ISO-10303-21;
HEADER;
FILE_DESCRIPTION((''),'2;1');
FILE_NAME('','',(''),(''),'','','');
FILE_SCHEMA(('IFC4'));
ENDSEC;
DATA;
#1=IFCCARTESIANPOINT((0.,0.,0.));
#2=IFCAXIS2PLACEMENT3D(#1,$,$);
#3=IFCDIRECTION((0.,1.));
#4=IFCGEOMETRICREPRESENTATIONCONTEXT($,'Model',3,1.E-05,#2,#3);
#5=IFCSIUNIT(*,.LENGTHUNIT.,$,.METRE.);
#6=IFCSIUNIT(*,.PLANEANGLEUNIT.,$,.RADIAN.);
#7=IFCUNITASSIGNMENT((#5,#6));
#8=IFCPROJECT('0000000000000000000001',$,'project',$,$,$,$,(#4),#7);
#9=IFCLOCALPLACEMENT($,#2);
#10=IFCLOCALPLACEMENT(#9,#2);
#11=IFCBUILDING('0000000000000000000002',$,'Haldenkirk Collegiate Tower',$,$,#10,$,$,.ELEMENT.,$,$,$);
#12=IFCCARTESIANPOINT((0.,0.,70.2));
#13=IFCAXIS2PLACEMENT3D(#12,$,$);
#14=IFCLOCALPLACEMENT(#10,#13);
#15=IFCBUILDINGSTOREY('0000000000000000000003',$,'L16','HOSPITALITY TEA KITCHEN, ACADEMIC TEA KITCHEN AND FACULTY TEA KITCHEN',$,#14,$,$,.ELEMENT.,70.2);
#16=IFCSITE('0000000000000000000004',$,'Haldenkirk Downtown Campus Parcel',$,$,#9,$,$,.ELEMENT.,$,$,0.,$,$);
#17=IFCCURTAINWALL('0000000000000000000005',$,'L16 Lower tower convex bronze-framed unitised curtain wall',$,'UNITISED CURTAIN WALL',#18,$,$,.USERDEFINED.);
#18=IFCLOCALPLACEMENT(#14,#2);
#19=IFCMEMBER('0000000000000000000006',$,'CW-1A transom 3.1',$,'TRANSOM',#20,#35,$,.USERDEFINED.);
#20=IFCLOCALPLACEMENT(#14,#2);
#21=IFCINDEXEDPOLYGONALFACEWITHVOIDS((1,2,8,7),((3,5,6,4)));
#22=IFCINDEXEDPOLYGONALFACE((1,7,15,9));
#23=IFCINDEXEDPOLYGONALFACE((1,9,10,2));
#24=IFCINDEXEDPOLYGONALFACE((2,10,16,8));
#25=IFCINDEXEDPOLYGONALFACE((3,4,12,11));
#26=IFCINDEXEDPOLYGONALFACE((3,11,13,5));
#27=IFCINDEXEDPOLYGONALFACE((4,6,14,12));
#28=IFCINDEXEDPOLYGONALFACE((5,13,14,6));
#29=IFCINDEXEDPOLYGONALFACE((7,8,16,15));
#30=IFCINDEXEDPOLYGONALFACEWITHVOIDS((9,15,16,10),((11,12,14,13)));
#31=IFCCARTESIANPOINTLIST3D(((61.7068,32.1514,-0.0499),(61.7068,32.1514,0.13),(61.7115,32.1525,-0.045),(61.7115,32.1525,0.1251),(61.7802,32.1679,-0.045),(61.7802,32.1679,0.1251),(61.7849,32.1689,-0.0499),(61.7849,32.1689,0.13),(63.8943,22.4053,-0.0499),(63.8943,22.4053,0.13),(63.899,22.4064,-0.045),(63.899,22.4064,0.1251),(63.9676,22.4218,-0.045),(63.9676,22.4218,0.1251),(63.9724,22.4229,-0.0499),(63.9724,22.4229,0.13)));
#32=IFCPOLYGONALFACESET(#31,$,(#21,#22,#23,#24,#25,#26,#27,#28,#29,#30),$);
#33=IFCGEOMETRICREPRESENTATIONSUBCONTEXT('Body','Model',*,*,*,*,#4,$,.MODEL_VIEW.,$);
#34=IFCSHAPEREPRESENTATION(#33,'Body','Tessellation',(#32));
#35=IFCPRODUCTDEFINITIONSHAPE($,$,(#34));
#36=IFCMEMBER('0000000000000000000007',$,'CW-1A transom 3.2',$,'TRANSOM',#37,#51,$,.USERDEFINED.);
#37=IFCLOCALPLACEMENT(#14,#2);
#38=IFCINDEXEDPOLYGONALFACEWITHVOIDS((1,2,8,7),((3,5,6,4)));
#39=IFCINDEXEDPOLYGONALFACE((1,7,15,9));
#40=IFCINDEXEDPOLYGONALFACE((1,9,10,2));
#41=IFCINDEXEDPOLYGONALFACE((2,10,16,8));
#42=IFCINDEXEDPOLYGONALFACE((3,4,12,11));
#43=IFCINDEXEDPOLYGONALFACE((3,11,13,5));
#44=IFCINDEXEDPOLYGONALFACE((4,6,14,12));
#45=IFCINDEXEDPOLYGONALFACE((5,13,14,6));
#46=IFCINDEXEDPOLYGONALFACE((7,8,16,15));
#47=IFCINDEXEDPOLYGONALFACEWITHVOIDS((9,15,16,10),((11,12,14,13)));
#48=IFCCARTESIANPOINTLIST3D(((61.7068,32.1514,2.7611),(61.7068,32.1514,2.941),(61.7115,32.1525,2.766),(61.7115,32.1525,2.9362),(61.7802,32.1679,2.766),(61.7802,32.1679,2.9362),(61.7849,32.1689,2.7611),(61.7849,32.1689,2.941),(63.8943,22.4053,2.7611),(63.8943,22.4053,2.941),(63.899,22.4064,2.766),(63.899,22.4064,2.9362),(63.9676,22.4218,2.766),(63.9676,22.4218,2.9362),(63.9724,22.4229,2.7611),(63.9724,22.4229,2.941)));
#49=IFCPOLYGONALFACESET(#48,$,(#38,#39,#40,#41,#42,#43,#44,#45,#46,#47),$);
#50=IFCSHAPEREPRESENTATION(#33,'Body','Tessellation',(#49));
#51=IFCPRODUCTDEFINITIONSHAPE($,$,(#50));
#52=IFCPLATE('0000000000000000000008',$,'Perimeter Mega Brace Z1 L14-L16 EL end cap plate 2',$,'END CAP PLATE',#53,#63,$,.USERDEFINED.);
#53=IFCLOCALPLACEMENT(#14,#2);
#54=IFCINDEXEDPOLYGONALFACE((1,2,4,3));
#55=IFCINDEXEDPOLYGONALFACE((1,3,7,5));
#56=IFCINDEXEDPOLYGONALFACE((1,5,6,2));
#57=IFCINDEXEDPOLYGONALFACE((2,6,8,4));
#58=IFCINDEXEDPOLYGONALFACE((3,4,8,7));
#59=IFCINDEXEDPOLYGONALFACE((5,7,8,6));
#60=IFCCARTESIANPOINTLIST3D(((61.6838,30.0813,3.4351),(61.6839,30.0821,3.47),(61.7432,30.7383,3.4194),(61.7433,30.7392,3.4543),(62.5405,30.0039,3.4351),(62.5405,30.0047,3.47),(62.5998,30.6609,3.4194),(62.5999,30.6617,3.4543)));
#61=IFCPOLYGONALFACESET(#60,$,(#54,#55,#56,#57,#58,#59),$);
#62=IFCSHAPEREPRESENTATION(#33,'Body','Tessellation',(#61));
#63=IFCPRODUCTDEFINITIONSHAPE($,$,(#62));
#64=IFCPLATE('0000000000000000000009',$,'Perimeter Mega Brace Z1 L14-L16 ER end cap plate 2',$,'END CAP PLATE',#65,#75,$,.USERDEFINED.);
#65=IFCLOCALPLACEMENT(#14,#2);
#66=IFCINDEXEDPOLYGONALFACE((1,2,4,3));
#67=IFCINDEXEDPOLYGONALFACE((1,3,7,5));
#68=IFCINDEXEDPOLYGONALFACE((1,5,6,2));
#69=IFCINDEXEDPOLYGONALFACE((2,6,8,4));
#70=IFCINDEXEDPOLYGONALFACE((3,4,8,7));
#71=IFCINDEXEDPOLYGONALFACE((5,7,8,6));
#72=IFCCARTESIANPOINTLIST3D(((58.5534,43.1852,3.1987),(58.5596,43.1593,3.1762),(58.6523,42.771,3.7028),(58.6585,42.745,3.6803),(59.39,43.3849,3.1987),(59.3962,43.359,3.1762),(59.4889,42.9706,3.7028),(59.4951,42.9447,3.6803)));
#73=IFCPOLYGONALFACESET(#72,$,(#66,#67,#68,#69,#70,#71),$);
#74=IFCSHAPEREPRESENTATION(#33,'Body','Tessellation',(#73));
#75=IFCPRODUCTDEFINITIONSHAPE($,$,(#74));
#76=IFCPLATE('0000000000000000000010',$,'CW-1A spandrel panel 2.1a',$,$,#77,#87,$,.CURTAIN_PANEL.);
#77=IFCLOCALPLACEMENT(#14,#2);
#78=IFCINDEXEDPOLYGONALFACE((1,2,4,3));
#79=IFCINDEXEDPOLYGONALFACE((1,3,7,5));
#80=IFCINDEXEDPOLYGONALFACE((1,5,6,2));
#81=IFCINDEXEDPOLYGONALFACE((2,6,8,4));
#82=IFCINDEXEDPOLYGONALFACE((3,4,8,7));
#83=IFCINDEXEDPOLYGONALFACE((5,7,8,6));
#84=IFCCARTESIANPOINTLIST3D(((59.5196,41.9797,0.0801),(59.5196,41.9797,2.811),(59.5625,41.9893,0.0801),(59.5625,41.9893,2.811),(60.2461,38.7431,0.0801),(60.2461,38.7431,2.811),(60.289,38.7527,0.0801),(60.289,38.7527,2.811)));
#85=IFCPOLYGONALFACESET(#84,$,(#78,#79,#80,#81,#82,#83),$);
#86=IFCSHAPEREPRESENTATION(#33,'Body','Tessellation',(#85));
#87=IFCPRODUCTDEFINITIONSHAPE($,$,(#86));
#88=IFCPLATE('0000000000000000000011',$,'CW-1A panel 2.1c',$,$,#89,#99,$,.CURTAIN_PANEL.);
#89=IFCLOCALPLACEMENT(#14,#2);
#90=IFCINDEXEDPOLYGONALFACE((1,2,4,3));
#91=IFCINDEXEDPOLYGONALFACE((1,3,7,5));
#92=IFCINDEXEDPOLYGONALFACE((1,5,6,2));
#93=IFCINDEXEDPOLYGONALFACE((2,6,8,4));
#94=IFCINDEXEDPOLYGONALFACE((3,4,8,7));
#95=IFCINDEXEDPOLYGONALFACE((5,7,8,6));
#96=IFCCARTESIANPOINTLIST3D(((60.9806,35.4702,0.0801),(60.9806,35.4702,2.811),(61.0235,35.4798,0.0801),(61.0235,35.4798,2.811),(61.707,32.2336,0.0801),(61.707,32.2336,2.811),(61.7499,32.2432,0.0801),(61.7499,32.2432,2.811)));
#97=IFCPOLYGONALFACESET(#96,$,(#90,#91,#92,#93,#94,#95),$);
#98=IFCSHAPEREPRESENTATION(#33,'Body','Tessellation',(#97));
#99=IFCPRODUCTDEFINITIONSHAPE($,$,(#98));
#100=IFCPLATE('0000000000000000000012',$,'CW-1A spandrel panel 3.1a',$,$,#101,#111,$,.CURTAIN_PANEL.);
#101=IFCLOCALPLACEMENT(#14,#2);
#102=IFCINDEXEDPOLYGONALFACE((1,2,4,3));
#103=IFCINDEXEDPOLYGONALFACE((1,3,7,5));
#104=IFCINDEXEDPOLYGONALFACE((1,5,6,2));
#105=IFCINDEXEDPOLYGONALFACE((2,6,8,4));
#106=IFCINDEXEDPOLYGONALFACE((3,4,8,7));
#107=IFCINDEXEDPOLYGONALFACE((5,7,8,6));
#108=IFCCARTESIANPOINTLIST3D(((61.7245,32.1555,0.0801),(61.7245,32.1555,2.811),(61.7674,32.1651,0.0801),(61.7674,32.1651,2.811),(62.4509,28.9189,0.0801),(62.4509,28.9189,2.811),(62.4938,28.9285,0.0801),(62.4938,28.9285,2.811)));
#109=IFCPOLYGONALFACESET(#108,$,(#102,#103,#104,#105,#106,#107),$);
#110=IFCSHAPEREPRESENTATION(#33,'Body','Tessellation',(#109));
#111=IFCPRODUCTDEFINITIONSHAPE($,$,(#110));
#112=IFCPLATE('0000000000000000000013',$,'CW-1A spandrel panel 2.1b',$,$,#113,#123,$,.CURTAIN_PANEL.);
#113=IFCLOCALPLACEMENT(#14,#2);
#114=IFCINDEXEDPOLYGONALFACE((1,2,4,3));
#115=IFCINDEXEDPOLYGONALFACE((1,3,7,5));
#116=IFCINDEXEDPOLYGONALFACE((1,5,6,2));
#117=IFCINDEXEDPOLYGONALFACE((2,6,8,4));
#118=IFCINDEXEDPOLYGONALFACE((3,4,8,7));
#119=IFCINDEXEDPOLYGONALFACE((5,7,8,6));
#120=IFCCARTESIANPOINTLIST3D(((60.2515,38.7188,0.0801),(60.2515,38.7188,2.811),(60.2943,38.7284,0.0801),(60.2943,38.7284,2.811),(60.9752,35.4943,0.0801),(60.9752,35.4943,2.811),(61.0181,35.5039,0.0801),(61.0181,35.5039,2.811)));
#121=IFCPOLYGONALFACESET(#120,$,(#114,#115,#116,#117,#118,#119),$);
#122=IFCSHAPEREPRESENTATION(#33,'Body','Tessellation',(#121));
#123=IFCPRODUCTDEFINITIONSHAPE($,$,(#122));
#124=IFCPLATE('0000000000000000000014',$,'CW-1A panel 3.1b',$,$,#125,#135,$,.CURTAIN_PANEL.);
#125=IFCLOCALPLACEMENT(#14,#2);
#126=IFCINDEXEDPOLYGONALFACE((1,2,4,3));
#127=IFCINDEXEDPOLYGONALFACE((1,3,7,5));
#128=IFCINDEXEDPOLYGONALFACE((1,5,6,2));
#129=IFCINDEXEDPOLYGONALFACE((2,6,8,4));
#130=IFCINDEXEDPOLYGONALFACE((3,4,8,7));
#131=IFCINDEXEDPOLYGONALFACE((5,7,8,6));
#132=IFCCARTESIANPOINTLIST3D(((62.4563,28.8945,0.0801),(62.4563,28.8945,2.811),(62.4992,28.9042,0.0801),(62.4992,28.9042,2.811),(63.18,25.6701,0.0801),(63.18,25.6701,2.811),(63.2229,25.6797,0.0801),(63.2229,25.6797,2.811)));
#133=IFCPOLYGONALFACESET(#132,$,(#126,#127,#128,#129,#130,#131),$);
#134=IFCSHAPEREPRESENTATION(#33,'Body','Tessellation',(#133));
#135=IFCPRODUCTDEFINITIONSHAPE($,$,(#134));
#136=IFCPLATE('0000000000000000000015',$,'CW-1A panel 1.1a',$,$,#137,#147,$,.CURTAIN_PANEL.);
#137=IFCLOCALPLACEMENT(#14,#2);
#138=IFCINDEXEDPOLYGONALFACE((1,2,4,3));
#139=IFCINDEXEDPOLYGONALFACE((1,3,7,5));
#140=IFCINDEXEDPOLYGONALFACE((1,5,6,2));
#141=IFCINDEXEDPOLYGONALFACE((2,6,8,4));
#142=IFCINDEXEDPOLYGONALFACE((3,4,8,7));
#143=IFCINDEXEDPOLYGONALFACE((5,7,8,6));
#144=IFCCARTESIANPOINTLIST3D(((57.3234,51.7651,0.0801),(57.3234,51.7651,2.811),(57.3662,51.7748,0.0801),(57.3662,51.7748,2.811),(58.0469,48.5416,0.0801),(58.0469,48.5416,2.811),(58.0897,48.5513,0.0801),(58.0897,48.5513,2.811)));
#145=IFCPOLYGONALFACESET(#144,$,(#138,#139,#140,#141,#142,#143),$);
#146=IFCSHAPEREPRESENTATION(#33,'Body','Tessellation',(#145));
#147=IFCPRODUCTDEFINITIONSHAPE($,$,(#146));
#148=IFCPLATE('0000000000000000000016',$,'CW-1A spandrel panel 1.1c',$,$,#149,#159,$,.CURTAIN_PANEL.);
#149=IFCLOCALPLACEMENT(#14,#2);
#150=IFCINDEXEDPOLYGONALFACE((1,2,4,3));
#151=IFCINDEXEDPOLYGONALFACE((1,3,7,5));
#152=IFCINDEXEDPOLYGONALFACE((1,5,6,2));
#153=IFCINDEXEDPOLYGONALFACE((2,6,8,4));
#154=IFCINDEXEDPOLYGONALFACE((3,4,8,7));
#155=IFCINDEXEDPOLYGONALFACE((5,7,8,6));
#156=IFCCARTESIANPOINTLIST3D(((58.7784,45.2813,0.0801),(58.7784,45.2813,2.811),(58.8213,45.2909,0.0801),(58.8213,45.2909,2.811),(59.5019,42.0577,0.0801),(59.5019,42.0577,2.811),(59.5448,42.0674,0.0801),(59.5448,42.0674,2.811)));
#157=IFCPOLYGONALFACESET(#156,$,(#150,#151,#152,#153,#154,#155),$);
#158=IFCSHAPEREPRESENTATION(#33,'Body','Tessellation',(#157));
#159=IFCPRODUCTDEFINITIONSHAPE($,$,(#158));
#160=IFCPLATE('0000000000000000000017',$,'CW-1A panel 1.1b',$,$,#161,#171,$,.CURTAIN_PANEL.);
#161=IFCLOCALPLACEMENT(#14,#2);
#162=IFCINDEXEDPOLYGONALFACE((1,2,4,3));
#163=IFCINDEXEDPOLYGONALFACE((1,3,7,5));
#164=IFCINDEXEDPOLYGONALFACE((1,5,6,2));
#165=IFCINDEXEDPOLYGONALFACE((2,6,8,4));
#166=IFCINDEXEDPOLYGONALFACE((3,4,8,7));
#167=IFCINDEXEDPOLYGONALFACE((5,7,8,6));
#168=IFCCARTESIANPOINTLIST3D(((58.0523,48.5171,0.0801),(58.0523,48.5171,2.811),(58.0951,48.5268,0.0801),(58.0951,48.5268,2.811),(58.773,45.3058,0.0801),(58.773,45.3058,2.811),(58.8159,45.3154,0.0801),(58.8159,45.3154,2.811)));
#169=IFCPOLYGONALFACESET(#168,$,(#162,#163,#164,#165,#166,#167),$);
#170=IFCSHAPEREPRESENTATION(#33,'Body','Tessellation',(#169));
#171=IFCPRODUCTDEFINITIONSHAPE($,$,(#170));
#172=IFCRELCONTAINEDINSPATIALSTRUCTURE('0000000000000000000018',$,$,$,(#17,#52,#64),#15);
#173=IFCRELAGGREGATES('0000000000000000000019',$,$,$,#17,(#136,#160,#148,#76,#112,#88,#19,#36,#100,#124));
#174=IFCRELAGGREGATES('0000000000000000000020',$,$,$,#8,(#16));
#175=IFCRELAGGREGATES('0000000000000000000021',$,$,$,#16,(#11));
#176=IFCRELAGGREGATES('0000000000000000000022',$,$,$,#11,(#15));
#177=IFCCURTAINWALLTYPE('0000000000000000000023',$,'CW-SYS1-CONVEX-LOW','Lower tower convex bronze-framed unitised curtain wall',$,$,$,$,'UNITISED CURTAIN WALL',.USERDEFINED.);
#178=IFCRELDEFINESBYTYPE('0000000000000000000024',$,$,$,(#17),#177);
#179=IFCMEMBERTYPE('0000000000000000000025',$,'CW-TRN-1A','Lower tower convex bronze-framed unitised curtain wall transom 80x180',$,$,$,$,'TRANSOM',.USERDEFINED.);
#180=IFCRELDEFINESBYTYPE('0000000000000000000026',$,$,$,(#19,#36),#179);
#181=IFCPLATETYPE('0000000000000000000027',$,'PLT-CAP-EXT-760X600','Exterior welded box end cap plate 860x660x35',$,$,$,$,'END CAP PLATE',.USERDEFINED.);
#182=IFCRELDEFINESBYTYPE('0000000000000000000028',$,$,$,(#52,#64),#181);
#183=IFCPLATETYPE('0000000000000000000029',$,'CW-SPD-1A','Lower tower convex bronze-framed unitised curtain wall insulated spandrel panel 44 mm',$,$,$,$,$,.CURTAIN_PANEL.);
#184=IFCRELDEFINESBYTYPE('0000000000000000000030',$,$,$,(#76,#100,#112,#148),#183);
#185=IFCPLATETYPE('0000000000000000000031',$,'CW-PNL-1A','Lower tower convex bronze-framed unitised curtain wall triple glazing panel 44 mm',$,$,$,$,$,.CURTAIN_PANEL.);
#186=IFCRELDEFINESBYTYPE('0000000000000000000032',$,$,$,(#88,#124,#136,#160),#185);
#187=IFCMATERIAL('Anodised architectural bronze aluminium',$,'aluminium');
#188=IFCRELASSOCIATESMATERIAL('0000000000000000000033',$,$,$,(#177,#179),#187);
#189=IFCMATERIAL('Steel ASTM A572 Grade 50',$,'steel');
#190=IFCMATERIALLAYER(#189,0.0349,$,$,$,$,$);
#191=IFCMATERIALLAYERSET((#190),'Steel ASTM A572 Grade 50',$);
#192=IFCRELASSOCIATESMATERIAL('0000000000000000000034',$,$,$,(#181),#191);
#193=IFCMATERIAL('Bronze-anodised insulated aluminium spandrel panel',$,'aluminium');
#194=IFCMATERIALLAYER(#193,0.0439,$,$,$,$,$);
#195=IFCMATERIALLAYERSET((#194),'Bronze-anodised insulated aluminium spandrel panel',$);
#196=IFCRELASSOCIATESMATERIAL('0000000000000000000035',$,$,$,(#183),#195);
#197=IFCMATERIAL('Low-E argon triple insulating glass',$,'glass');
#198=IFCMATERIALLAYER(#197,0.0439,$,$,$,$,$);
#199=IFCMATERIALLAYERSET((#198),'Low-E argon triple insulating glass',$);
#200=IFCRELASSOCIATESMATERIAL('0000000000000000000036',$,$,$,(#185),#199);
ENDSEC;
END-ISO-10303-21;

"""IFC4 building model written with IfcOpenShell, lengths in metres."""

from ifc_helpers import new_model, si_unit, direction, frame, origin, origin_2d, place, context, subcontext, project, spatial, rectangle, hollow_rectangle, extrude, source, transform, mapped, material, layer, layer_set, material_profile, profile_set, type_object, element, aggregate, save


model = new_model("IFC4")

# Units and contexts
model_context = context("Model", 3, precision=1e-05, world=origin(), true_north=direction((0.0, 1.0)))
body_context = subcontext(model_context, "Body", "Model", "MODEL_VIEW")
ifc_project = project(units=[si_unit("LENGTHUNIT", "METRE"), si_unit("PLANEANGLEUNIT", "RADIAN")], contexts=[model_context])

# Site, building, storey
site_placement = place(None, origin())
site = spatial("IfcSite", under=ifc_project, at=site_placement, Name="Haldenkirk Downtown Campus Parcel", CompositionType="ELEMENT", RefElevation=0.0)
building_placement = place(site_placement, origin())
building = spatial("IfcBuilding", under=site, at=building_placement, Name="Haldenkirk Collegiate Tower", CompositionType="ELEMENT")
storey_placement = place(building_placement, frame((0.0, 0.0, 70.2)))
storey = spatial("IfcBuildingStorey", under=building, at=storey_placement, Name="L16", Description="HOSPITALITY TEA KITCHEN, ACADEMIC TEA KITCHEN AND FACULTY TEA KITCHEN", CompositionType="ELEMENT", Elevation=70.2)

# Shared definitions
ifc_material_1 = material(Name="Steel ASTM A572 Grade 50", Category="steel")

# Curtain wall
ifc_material_2 = material(Name="Anodised architectural bronze aluminium", Category="aluminium")
curtain_wall_type = type_object("IfcCurtainWallType", Name="CW-SYS1-CONVEX-LOW", Description="Lower tower convex bronze-framed unitised curtain wall", ElementType="UNITISED CURTAIN WALL", PredefinedType="USERDEFINED", material=ifc_material_2)
curtain_wall_1_placement = place(storey_placement, origin())
curtain_wall_1 = element("IfcCurtainWall", 1, at=curtain_wall_1_placement, inside=storey, type_object=curtain_wall_type, Name="L16 Lower tower convex bronze-framed unitised curtain wall", ObjectType="UNITISED CURTAIN WALL", PredefinedType="USERDEFINED")

# Members
ifc_material_profile_1 = material_profile(ifc_material_2, hollow_rectangle(XDim=0.0801, YDim=0.1799, WallThickness=0.0049, at=origin_2d()), Name="CW-TRN-1A")
ifc_profile_set_1 = profile_set([ifc_material_profile_1], Name="Anodised architectural bronze aluminium")
member_type_1 = type_object("IfcMemberType", Name="CW-TRN-1A", Description="Lower tower convex bronze-framed unitised curtain wall transom 80x180", ElementType="TRANSOM", PredefinedType="USERDEFINED", material=ifc_profile_set_1)
member_1_placement = place(storey_placement, frame((61.7458, 32.1602, 0.04), z_axis=(0.219, -0.975725, 0.0), x_axis=(0.975725, 0.219, 0.0)))
member_1 = element("IfcMember", 2, at=member_1_placement, type_object=member_type_1, Name="CW-1A transom 3.1", ObjectType="TRANSOM", PredefinedType="USERDEFINED", context=body_context, shape_type="SweptSolid", body=[
    extrude(hollow_rectangle(XDim=0.0801, YDim=0.1799, WallThickness=0.0049, at=origin_2d()), origin(), (0.0, 0.0, 1.0), 9.9885),
])
member_2_placement = place(storey_placement, frame((61.7458, 32.1602, 2.8511), z_axis=(0.219, -0.975725, 0.0), x_axis=(0.975725, 0.219, 0.0)))
member_2 = element("IfcMember", 3, at=member_2_placement, type_object=member_type_1, Name="CW-1A transom 3.2", ObjectType="TRANSOM", PredefinedType="USERDEFINED", context=body_context, shape_type="SweptSolid", body=[
    extrude(hollow_rectangle(XDim=0.0801, YDim=0.1799, WallThickness=0.0049, at=origin_2d()), origin(), (0.0, 0.0, 1.0), 9.9885),
])

# Plates
ifc_layer_1 = layer(ifc_material_1, 0.0349)
ifc_layer_set_1 = layer_set([ifc_layer_1], Name="Steel ASTM A572 Grade 50")
plate_type_1 = type_object("IfcPlateType", Name="PLT-CAP-EXT-760X600", Description="Exterior welded box end cap plate 860x660x35", ElementType="END CAP PLATE", PredefinedType="USERDEFINED", material=ifc_layer_set_1)
shared_shape_1 = source(origin(), body_context, "Body", "SweptSolid", [
    extrude(rectangle(XDim=0.8601, YDim=0.6599, at=origin_2d()), origin(), (0.0, 0.0, 1.0), 0.0349),
])
for number, where, z_axis, x_axis, name in (
    (4, (62.1418, 30.3711, 3.4272), (0.00215, 0.023798, 0.999714), (-0.995942, 0.089999, -0.000001), "Perimeter Mega Brace Z1 L14-L16 EL end cap plate 2"),
    (5, (59.0273, 43.052, 3.4282), (-0.17733, 0.742967, 0.64541), (-0.972678, -0.232157, 0.0), "Perimeter Mega Brace Z1 L14-L16 ER end cap plate 2"),
):
    element("IfcPlate", number, at=place(storey_placement, frame(where, z_axis=z_axis, x_axis=x_axis)), inside=storey, type_object=plate_type_1, Name=name, ObjectType="END CAP PLATE", PredefinedType="USERDEFINED", context=body_context, shape_type="MappedRepresentation", body=[
        mapped(shared_shape_1, transform((0.0, 0.0, 0.0), x_axis=(1.0, 0.0, 0.0), y_axis=(0.0, 1.0, 0.0), z_axis=(0.0, 0.0, 1.0), scale=1.0)),
    ])

# Plates
ifc_material_3 = material(Name="Bronze-anodised insulated aluminium spandrel panel", Category="aluminium")
ifc_layer_2 = layer(ifc_material_3, 0.0439)
ifc_layer_set_2 = layer_set([ifc_layer_2], Name="Bronze-anodised insulated aluminium spandrel panel")
plate_type_2 = type_object("IfcPlateType", Name="CW-SPD-1A", Description="Lower tower convex bronze-framed unitised curtain wall insulated spandrel panel 44 mm", PredefinedType="CURTAIN_PANEL", material=ifc_layer_set_2)
shared_shape_2 = source(origin(), body_context, "Body", "SweptSolid", [
    extrude(rectangle(XDim=3.3171, YDim=0.0439, at=origin_2d()), origin(), (0.0, 0.0, 1.0), 2.731),
])
plate_1_placement = place(storey_placement, frame((59.9043, 40.3662, 0.0801), z_axis=(0.0, 0.0, 1.0), x_axis=(0.218995, -0.975726, 0.0)))
plate_1 = element("IfcPlate", 6, at=plate_1_placement, type_object=plate_type_2, Name="CW-1A spandrel panel 2.1a", PredefinedType="CURTAIN_PANEL", context=body_context, shape_type="MappedRepresentation", body=[
    mapped(shared_shape_2, transform((0.0, 0.0, 0.0), x_axis=(1.0, 0.0, 0.0), y_axis=(0.0, 1.0, 0.0), z_axis=(0.0, 0.0, 1.0), scale=1.0)),
])
ifc_material_4 = material(Name="Low-E argon triple insulating glass", Category="glass")
ifc_layer_3 = layer(ifc_material_4, 0.0439)
ifc_layer_set_3 = layer_set([ifc_layer_3], Name="Low-E argon triple insulating glass")
plate_type_3 = type_object("IfcPlateType", Name="CW-PNL-1A", Description="Lower tower convex bronze-framed unitised curtain wall triple glazing panel 44 mm", PredefinedType="CURTAIN_PANEL", material=ifc_layer_set_3)
plate_2_placement = place(storey_placement, frame((61.3652, 33.8567, 0.0801), z_axis=(0.0, 0.0, 1.0), x_axis=(0.218995, -0.975726, 0.0)))
plate_2 = element("IfcPlate", 7, at=plate_2_placement, type_object=plate_type_3, Name="CW-1A panel 2.1c", PredefinedType="CURTAIN_PANEL", context=body_context, shape_type="MappedRepresentation", body=[
    mapped(shared_shape_2, transform((0.0, 0.0, 0.0), x_axis=(1.0, 0.0, 0.0), y_axis=(0.0, 1.0, 0.0), z_axis=(0.0, 0.0, 1.0), scale=1.0)),
])
plate_3_placement = place(storey_placement, frame((62.1091, 30.542, 0.0801), z_axis=(0.0, 0.0, 1.0), x_axis=(0.218995, -0.975726, 0.0)))
plate_3 = element("IfcPlate", 8, at=plate_3_placement, type_object=plate_type_2, Name="CW-1A spandrel panel 3.1a", PredefinedType="CURTAIN_PANEL", context=body_context, shape_type="MappedRepresentation", body=[
    mapped(shared_shape_2, transform((0.0, 0.0, 0.0), x_axis=(1.0, 0.0, 0.0), y_axis=(0.0, 1.0, 0.0), z_axis=(0.0, 0.0, 1.0), scale=1.0)),
])
shared_shape_3 = source(origin(), body_context, "Body", "SweptSolid", [
    extrude(rectangle(XDim=3.3047, YDim=0.0439, at=origin_2d()), origin(), (0.0, 0.0, 1.0), 2.731),
])
plate_4_placement = place(storey_placement, frame((60.6348, 37.1113, 0.0801), z_axis=(0.0, 0.0, 1.0), x_axis=(0.218995, -0.975726, 0.0)))
plate_4 = element("IfcPlate", 9, at=plate_4_placement, type_object=plate_type_2, Name="CW-1A spandrel panel 2.1b", PredefinedType="CURTAIN_PANEL", context=body_context, shape_type="MappedRepresentation", body=[
    mapped(shared_shape_3, transform((0.0, 0.0, 0.0), x_axis=(1.0, 0.0, 0.0), y_axis=(0.0, 1.0, 0.0), z_axis=(0.0, 0.0, 1.0), scale=1.0)),
])
plate_5_placement = place(storey_placement, frame((62.8396, 27.2871, 0.0801), z_axis=(0.0, 0.0, 1.0), x_axis=(0.218995, -0.975726, 0.0)))
plate_5 = element("IfcPlate", 10, at=plate_5_placement, type_object=plate_type_3, Name="CW-1A panel 3.1b", PredefinedType="CURTAIN_PANEL", context=body_context, shape_type="MappedRepresentation", body=[
    mapped(shared_shape_3, transform((0.0, 0.0, 0.0), x_axis=(1.0, 0.0, 0.0), y_axis=(0.0, 1.0, 0.0), z_axis=(0.0, 0.0, 1.0), scale=1.0)),
])
shared_shape_4 = source(origin(), body_context, "Body", "SweptSolid", [
    extrude(rectangle(XDim=3.3037, YDim=0.0439, at=origin_2d()), origin(), (0.0, 0.0, 1.0), 2.731),
])
plate_6_placement = place(storey_placement, frame((57.7065, 50.1582, 0.0801), z_axis=(0.0, 0.0, 1.0), x_axis=(0.218995, -0.975726, 0.0)))
plate_6 = element("IfcPlate", 11, at=plate_6_placement, type_object=plate_type_3, Name="CW-1A panel 1.1a", PredefinedType="CURTAIN_PANEL", context=body_context, shape_type="MappedRepresentation", body=[
    mapped(shared_shape_4, transform((0.0, 0.0, 0.0), x_axis=(1.0, 0.0, 0.0), y_axis=(0.0, 1.0, 0.0), z_axis=(0.0, 0.0, 1.0), scale=1.0)),
])
plate_7_placement = place(storey_placement, frame((59.1616, 43.6743, 0.0801), z_axis=(0.0, 0.0, 1.0), x_axis=(0.218995, -0.975726, 0.0)))
plate_7 = element("IfcPlate", 12, at=plate_7_placement, type_object=plate_type_2, Name="CW-1A spandrel panel 1.1c", PredefinedType="CURTAIN_PANEL", context=body_context, shape_type="MappedRepresentation", body=[
    mapped(shared_shape_4, transform((0.0, 0.0, 0.0), x_axis=(1.0, 0.0, 0.0), y_axis=(0.0, 1.0, 0.0), z_axis=(0.0, 0.0, 1.0), scale=1.0)),
])
shared_shape_5 = source(origin(), body_context, "Body", "SweptSolid", [
    extrude(rectangle(XDim=3.2913, YDim=0.0439, at=origin_2d()), origin(), (0.0, 0.0, 1.0), 2.731),
])
plate_8_placement = place(storey_placement, frame((58.4341, 46.9163, 0.0801), z_axis=(0.0, 0.0, 1.0), x_axis=(0.218995, -0.975726, 0.0)))
plate_8 = element("IfcPlate", 13, at=plate_8_placement, type_object=plate_type_3, Name="CW-1A panel 1.1b", PredefinedType="CURTAIN_PANEL", context=body_context, shape_type="MappedRepresentation", body=[
    mapped(shared_shape_5, transform((0.0, 0.0, 0.0), x_axis=(1.0, 0.0, 0.0), y_axis=(0.0, 1.0, 0.0), z_axis=(0.0, 0.0, 1.0), scale=1.0)),
])
aggregate(curtain_wall_1, [plate_6, plate_8, plate_7, plate_1, plate_4, plate_2, member_1, member_2, plate_3, plate_5])

save(model, "model.ifc")
